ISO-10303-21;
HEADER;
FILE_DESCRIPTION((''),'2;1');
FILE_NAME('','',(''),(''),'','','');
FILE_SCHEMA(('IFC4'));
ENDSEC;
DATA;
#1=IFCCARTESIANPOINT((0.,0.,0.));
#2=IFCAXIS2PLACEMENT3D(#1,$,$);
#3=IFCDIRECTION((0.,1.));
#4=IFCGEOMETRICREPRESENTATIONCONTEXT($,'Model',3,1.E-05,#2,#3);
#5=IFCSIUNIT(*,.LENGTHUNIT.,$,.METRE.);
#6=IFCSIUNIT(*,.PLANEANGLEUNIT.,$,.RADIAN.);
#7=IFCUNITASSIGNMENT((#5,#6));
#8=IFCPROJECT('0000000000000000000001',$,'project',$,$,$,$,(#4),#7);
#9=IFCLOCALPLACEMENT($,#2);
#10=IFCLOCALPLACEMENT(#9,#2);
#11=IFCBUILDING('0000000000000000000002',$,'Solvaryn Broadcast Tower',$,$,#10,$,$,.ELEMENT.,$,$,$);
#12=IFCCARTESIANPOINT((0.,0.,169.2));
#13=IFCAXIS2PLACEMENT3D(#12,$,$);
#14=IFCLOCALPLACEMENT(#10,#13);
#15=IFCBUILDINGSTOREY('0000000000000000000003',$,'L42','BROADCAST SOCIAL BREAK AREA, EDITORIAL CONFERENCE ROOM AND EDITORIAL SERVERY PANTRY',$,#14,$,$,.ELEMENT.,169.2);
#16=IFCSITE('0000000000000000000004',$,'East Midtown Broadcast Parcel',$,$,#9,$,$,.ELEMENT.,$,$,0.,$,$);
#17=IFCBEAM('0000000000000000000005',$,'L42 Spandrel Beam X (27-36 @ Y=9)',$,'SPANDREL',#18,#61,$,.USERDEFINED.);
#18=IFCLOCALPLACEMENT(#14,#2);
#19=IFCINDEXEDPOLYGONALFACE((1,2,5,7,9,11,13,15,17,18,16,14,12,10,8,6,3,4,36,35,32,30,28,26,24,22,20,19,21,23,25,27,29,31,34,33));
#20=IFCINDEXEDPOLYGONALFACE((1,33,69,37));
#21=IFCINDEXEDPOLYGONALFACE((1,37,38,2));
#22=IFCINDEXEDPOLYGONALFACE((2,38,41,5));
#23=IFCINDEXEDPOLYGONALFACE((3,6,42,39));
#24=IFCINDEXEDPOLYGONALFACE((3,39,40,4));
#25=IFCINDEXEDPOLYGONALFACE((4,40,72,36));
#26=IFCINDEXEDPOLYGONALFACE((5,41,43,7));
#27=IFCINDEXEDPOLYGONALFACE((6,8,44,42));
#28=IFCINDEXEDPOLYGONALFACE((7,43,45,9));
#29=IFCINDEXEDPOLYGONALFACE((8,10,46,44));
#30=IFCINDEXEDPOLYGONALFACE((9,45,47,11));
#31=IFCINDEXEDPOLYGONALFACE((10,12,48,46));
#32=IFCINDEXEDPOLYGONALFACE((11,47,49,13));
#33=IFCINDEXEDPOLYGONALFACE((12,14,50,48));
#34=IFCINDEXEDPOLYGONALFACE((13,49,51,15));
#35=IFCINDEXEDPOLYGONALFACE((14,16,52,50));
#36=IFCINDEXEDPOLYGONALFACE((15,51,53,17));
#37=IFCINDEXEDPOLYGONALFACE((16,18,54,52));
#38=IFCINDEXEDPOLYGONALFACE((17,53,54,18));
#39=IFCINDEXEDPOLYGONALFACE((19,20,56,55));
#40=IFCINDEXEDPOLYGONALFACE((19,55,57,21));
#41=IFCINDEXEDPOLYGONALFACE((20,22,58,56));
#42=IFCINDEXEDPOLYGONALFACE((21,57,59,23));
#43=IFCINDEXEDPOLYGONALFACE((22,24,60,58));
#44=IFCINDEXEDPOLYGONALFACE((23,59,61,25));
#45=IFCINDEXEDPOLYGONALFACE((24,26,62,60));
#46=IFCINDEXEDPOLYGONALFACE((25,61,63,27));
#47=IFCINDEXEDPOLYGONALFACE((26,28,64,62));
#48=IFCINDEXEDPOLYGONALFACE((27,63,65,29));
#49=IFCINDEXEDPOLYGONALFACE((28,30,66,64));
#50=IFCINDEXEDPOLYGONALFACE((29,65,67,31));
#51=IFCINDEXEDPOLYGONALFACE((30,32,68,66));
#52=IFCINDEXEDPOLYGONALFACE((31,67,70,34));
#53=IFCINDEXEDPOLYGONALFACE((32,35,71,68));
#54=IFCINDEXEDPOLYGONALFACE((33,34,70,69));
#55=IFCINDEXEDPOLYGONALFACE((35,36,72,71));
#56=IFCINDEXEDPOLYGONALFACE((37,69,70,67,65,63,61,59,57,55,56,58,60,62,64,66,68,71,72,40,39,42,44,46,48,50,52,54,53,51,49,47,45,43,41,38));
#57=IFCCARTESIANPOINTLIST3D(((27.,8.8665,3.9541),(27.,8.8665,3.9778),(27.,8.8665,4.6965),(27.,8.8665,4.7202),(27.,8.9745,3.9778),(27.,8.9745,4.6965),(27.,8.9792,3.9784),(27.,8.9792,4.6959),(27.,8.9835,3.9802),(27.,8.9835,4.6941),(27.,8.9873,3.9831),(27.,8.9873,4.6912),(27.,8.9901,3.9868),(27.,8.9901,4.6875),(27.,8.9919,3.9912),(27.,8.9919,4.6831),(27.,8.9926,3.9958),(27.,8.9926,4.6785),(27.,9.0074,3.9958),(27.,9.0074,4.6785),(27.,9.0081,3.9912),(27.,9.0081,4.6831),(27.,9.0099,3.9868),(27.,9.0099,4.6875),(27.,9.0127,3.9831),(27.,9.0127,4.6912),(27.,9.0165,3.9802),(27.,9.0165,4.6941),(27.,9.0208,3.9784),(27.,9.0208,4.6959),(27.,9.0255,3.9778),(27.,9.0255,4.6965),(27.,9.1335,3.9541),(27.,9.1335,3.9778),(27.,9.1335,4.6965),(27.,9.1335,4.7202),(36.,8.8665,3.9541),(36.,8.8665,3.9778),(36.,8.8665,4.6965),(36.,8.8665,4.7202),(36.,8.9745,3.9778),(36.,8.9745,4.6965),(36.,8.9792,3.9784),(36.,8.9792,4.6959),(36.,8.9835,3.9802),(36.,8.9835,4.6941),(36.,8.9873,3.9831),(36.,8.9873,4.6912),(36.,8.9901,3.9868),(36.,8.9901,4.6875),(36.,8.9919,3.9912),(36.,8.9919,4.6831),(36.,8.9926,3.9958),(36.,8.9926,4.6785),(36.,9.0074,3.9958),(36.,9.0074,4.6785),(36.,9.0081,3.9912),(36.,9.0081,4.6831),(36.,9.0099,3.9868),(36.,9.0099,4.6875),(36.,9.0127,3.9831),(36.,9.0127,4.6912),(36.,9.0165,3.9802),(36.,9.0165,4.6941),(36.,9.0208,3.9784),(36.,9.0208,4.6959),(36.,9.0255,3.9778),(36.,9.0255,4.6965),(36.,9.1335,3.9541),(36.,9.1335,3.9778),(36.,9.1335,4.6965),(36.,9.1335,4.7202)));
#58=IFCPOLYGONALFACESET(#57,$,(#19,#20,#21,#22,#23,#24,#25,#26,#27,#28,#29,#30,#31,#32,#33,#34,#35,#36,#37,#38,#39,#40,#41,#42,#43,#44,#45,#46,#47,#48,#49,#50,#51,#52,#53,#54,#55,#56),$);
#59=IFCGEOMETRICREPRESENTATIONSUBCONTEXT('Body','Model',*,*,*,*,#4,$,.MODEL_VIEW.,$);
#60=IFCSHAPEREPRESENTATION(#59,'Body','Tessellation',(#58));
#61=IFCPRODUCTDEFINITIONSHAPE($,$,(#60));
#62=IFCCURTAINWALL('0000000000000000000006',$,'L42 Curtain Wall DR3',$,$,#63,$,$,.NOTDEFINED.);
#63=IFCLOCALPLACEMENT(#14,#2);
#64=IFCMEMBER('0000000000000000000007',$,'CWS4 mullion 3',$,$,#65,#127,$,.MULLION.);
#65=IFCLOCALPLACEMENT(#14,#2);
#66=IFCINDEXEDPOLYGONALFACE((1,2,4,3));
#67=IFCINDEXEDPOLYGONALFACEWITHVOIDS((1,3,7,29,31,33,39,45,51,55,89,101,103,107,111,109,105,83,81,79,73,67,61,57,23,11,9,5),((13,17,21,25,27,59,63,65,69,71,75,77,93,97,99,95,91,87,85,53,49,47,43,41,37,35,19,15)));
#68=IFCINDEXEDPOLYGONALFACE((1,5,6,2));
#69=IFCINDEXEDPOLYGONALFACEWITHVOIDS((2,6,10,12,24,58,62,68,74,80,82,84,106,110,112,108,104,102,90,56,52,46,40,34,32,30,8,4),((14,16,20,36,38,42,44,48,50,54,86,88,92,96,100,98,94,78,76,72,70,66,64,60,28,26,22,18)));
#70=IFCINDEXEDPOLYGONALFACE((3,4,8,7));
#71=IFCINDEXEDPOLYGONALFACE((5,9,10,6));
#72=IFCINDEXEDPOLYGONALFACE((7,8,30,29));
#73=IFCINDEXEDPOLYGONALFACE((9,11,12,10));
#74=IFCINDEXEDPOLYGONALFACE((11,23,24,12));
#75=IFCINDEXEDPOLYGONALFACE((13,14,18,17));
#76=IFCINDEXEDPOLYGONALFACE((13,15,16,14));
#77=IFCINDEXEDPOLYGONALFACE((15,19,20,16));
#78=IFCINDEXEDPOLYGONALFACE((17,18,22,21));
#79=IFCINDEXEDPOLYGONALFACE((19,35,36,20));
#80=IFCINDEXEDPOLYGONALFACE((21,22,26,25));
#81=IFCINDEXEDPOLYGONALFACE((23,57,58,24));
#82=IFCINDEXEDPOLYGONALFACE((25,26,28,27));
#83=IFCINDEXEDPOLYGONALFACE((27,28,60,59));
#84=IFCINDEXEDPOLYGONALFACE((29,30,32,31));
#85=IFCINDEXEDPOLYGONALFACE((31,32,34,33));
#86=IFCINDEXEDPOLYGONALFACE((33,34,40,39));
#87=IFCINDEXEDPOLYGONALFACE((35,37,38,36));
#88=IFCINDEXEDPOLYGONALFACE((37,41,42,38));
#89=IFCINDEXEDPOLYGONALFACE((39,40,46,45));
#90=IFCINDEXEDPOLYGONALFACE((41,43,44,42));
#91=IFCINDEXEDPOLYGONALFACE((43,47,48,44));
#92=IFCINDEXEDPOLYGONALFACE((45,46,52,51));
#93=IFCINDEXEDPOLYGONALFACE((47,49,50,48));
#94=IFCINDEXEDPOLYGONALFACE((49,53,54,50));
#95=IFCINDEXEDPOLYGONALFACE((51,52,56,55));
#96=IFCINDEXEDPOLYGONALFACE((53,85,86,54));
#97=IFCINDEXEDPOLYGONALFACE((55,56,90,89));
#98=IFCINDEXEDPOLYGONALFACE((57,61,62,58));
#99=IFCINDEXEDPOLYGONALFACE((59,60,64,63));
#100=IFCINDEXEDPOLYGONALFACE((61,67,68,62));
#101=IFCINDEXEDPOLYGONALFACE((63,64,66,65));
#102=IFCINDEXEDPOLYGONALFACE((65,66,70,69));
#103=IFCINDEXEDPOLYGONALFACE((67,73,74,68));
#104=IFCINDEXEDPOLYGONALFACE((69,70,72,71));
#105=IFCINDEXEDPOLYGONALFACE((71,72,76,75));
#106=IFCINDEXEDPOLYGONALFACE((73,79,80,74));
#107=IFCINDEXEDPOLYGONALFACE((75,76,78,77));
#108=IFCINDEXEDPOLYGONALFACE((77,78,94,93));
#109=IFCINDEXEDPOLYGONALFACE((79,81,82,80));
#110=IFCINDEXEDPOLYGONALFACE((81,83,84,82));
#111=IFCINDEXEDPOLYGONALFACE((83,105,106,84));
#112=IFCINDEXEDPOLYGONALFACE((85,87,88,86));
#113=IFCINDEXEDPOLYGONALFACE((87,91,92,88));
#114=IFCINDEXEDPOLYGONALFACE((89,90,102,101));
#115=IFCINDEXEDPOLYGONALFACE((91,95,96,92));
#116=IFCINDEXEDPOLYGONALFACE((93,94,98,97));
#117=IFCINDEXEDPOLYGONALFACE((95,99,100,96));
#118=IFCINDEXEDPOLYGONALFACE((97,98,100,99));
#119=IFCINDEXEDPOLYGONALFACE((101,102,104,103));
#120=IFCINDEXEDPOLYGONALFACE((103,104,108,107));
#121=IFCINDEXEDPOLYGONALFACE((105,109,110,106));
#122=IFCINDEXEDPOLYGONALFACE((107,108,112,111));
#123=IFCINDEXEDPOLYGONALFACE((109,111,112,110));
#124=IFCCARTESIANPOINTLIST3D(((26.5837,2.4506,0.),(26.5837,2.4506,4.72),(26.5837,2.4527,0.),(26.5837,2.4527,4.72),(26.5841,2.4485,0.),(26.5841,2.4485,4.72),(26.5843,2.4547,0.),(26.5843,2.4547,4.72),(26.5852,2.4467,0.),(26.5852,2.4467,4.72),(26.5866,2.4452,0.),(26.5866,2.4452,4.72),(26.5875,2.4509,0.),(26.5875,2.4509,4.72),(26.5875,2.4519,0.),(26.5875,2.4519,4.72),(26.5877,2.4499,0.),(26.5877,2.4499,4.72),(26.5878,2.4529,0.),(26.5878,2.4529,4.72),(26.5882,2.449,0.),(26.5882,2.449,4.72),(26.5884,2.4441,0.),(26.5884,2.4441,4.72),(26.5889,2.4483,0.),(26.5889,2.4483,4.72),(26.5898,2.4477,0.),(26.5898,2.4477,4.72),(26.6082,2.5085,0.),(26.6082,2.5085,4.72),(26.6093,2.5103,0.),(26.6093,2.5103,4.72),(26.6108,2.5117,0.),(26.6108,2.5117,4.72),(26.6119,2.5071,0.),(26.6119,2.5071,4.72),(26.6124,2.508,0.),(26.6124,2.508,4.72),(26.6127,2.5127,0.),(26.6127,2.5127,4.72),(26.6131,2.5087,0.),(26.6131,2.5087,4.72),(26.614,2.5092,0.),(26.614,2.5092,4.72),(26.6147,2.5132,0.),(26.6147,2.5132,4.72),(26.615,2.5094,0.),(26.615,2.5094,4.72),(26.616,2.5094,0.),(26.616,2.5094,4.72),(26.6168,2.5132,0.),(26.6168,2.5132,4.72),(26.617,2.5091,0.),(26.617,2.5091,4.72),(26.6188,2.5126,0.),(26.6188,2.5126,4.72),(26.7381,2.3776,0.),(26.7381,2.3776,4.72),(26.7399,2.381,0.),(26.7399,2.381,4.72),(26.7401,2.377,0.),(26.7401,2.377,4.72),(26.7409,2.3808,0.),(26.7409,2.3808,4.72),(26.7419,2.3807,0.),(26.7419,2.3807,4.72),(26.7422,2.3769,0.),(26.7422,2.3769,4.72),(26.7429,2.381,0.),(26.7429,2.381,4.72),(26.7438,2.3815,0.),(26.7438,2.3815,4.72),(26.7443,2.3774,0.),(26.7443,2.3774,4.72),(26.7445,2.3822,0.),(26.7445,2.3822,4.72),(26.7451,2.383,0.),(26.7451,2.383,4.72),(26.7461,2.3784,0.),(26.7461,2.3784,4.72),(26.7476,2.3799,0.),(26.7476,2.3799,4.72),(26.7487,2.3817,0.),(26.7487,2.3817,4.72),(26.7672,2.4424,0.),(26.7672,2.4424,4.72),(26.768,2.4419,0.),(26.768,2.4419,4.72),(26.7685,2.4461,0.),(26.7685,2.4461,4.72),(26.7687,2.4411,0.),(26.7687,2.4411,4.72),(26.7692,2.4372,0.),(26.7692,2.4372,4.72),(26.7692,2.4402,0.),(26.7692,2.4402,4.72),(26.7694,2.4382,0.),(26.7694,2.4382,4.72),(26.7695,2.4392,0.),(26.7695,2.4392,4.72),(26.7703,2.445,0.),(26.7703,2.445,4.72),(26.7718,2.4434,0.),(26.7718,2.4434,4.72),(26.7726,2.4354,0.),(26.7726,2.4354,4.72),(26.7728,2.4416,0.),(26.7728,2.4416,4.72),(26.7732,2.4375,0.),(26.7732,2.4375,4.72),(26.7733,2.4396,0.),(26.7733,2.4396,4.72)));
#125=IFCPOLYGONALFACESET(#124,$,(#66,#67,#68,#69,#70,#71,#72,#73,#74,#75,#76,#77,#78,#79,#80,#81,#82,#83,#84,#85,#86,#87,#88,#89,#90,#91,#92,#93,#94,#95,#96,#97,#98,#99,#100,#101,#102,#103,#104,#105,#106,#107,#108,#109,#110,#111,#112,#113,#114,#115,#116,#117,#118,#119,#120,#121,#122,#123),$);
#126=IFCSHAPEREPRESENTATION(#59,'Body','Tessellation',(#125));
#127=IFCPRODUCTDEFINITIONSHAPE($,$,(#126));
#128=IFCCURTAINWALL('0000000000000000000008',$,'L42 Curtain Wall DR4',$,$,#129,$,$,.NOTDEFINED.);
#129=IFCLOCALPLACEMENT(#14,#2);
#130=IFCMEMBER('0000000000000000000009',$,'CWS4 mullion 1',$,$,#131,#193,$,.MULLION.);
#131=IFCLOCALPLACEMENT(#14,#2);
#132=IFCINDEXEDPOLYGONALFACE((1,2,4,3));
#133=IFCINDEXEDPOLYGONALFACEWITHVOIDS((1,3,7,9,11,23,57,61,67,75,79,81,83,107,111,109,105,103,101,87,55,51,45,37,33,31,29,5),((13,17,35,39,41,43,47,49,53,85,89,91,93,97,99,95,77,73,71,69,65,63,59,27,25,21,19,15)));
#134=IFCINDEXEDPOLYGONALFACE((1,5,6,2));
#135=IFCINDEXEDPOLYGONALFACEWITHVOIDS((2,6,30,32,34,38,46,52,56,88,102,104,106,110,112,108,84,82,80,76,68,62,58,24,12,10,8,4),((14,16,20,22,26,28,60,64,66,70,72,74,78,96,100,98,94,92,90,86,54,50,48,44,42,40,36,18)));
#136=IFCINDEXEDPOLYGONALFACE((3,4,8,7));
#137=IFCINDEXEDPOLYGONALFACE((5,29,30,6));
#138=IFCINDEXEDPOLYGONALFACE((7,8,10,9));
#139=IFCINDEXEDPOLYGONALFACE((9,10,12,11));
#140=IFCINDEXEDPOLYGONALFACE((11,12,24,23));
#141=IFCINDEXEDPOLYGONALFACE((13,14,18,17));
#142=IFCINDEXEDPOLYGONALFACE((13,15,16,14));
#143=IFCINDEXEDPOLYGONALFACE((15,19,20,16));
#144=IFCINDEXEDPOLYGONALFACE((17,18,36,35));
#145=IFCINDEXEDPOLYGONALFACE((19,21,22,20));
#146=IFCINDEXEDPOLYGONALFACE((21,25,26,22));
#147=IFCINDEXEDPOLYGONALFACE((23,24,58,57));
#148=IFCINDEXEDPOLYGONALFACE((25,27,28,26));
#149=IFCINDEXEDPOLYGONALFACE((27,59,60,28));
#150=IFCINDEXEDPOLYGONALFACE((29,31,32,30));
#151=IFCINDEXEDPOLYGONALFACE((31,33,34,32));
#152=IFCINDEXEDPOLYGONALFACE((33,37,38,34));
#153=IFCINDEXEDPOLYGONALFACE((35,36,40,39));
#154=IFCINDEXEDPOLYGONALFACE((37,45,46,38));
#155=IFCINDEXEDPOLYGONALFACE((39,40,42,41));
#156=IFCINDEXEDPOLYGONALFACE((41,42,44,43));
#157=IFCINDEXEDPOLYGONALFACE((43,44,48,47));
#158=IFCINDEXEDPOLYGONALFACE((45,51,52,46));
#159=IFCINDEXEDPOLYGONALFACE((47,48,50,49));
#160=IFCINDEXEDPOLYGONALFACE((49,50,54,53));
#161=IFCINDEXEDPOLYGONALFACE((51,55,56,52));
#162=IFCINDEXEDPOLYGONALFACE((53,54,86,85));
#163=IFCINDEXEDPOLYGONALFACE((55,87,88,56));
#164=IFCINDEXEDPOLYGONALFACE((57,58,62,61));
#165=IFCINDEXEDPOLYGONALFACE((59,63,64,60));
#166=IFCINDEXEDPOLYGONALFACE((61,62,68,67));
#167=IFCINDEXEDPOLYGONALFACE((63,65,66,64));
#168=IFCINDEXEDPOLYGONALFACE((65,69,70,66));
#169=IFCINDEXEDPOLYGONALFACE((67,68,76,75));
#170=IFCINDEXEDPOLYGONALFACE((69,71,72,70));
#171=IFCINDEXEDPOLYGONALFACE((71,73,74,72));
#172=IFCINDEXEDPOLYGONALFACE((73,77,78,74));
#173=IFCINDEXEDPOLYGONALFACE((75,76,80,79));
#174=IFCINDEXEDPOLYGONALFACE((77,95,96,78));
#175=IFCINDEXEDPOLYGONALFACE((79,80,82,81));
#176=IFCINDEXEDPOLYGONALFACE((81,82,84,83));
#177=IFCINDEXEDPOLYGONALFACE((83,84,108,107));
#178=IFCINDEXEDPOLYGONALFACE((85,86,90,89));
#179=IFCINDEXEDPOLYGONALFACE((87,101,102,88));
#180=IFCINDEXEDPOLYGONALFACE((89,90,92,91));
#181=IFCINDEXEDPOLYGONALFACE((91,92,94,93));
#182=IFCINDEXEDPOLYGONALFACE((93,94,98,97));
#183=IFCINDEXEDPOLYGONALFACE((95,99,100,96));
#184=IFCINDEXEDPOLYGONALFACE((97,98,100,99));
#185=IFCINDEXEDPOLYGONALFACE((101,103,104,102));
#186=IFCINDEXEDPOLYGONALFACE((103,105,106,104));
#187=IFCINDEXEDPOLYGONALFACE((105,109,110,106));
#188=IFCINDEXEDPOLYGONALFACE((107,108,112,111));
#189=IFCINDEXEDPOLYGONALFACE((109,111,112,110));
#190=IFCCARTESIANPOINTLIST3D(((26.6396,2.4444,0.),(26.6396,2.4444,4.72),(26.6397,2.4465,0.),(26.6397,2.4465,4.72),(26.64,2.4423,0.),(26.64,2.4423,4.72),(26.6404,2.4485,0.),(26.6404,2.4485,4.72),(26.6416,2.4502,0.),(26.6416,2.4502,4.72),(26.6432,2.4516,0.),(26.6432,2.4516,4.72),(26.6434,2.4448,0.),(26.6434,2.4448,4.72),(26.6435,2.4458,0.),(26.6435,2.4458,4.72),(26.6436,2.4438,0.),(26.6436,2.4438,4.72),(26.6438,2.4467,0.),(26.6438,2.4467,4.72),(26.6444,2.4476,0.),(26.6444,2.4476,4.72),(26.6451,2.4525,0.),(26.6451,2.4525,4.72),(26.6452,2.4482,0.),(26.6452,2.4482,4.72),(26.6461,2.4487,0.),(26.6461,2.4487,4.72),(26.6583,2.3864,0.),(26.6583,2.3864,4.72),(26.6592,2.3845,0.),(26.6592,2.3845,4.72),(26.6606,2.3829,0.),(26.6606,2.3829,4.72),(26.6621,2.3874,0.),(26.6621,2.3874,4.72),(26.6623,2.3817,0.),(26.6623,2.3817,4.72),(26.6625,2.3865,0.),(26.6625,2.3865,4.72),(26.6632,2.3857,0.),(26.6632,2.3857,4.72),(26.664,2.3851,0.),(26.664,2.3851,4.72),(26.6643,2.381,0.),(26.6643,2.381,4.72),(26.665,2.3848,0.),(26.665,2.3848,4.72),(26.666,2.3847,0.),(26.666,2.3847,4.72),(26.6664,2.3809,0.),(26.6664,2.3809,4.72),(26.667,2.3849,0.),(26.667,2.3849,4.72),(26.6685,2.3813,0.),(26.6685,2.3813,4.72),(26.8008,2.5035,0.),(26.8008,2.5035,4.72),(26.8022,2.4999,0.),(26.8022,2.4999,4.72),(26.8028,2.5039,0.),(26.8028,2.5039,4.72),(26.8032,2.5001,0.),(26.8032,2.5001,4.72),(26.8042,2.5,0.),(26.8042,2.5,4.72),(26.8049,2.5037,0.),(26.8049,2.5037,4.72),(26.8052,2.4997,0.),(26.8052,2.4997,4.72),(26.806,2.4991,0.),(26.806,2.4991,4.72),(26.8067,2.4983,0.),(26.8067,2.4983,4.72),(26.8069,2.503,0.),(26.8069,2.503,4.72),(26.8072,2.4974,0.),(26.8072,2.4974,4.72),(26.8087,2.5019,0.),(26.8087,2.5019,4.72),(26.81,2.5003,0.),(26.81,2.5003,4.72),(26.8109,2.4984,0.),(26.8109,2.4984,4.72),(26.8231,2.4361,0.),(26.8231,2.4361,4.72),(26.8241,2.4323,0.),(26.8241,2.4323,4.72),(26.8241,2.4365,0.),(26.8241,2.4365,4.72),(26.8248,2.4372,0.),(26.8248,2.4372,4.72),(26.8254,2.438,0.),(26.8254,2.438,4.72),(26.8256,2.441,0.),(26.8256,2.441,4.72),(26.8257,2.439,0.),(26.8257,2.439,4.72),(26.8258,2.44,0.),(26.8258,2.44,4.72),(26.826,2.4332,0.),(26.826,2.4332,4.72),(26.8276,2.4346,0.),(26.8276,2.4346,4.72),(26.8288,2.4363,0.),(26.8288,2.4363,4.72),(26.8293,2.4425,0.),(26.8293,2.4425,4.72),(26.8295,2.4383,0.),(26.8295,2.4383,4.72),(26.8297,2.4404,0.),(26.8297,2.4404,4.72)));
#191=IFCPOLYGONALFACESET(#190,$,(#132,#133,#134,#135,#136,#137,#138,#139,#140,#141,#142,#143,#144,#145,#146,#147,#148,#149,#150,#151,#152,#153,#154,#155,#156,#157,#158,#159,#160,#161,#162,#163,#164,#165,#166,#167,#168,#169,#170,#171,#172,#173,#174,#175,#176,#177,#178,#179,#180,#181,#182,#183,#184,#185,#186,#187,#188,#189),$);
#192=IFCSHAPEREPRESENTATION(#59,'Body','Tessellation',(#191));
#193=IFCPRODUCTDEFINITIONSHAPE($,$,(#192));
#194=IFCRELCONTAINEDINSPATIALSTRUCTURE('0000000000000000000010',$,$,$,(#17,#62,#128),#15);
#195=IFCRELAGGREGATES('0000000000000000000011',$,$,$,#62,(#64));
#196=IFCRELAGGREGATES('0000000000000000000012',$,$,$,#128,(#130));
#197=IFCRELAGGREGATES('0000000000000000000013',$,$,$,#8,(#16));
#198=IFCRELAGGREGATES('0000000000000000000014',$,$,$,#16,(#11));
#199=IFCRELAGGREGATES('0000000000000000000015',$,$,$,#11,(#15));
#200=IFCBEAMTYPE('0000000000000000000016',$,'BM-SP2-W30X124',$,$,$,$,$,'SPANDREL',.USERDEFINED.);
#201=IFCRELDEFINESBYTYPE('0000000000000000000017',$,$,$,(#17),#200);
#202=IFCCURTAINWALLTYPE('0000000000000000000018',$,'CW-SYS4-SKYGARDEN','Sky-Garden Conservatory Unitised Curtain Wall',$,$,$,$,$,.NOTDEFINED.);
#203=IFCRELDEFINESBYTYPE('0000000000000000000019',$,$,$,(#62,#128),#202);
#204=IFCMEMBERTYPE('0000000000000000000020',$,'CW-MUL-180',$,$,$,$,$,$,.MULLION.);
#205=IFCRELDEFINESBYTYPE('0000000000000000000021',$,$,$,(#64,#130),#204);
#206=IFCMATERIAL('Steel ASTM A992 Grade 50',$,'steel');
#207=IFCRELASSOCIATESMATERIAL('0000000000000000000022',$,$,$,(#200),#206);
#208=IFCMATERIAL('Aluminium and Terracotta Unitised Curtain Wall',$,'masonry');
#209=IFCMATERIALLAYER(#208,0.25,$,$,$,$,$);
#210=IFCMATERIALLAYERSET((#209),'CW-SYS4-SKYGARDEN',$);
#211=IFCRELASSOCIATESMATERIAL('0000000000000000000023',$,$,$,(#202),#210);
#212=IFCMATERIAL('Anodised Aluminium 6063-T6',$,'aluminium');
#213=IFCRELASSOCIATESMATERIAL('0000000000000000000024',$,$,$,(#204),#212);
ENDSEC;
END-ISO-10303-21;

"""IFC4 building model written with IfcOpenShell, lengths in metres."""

from ifc_helpers import new_model, si_unit, direction, frame, origin, origin_2d, place, context, subcontext, project, spatial, hollow_rectangle, i_section, extrude, material, layer, layer_set, material_profile, profile_set, type_object, element, aggregate, save


model = new_model("IFC4")

# Units and contexts
model_context = context("Model", 3, precision=1e-05, world=origin(), true_north=direction((0.0, 1.0)))
body_context = subcontext(model_context, "Body", "Model", "MODEL_VIEW")
ifc_project = project(units=[si_unit("LENGTHUNIT", "METRE"), si_unit("PLANEANGLEUNIT", "RADIAN")], contexts=[model_context])

# Site, building, storey
site_placement = place(None, origin())
site = spatial("IfcSite", under=ifc_project, at=site_placement, Name="East Midtown Broadcast Parcel", CompositionType="ELEMENT", RefElevation=0.0)
building_placement = place(site_placement, origin())
building = spatial("IfcBuilding", under=site, at=building_placement, Name="Solvaryn Broadcast Tower", CompositionType="ELEMENT")
storey_placement = place(building_placement, frame((0.0, 0.0, 169.2)))
storey = spatial("IfcBuildingStorey", under=building, at=storey_placement, Name="L42", Description="BROADCAST SOCIAL BREAK AREA, EDITORIAL CONFERENCE ROOM AND EDITORIAL SERVERY PANTRY", CompositionType="ELEMENT", Elevation=169.2)

# Beam
ifc_material_1 = material(Name="Steel ASTM A992 Grade 50", Category="steel")
ifc_material_profile_1 = material_profile(ifc_material_1, i_section(OverallWidth=0.2671, OverallDepth=0.7661, WebThickness=0.0149, FlangeThickness=0.0237, FilletRadius=0.0181, at=origin_2d()))
ifc_profile_set_1 = profile_set([ifc_material_profile_1], Name="Steel ASTM A992 Grade 50")
beam_type_1 = type_object("IfcBeamType", Name="BM-SP2-W30X124", ElementType="SPANDREL", PredefinedType="USERDEFINED", material=ifc_profile_set_1)
beam_1_placement = place(storey_placement, frame((27.0, 9.0, 4.3372), z_axis=(1.0, 0.0, 0.0), x_axis=(0.0, 1.0, 0.0)))
element("IfcBeam", 1, at=beam_1_placement, inside=storey, type_object=beam_type_1, Name="L42 Spandrel Beam X (27-36 @ Y=9)", ObjectType="SPANDREL", PredefinedType="USERDEFINED", context=body_context, shape_type="SweptSolid", body=[
    extrude(i_section(OverallWidth=0.2671, OverallDepth=0.7661, WebThickness=0.0149, FlangeThickness=0.0237, FilletRadius=0.0181, at=origin_2d()), origin(), (0.0, 0.0, 1.0), 9.0),
])

# Curtain wall, member
ifc_material_2 = material(Name="Aluminium and Terracotta Unitised Curtain Wall", Category="masonry")
ifc_layer_1 = layer(ifc_material_2, 0.25)
ifc_layer_set_1 = layer_set([ifc_layer_1], Name="CW-SYS4-SKYGARDEN")
curtain_wall_type = type_object("IfcCurtainWallType", Name="CW-SYS4-SKYGARDEN", Description="Sky-Garden Conservatory Unitised Curtain Wall", PredefinedType="NOTDEFINED", material=ifc_layer_set_1)
curtain_wall_1_placement = place(storey_placement, origin())
curtain_wall_1 = element("IfcCurtainWall", 2, at=curtain_wall_1_placement, inside=storey, type_object=curtain_wall_type, Name="L42 Curtain Wall DR3", PredefinedType="NOTDEFINED")
ifc_material_3 = material(Name="Anodised Aluminium 6063-T6", Category="aluminium")
ifc_material_profile_2 = material_profile(ifc_material_3, hollow_rectangle(XDim=0.075, YDim=0.1799, WallThickness=0.0039, InnerFilletRadius=0.0039, OuterFilletRadius=0.0081, at=origin_2d()))
ifc_profile_set_2 = profile_set([ifc_material_profile_2], Name="Anodised Aluminium 6063-T6")
member_type_1 = type_object("IfcMemberType", Name="CW-MUL-180", PredefinedType="MULLION", material=ifc_profile_set_2)
member_1_placement = place(storey_placement, frame((26.6785, 2.4451, 0.0), z_axis=(0.0, 0.0, 1.0), x_axis=(0.405901, 0.913917, 0.0)))
member_1 = element("IfcMember", 3, at=member_1_placement, type_object=member_type_1, Name="CWS4 mullion 3", PredefinedType="MULLION", context=body_context, shape_type="SweptSolid", body=[
    extrude(hollow_rectangle(XDim=0.075, YDim=0.1799, WallThickness=0.0039, InnerFilletRadius=0.0039, OuterFilletRadius=0.0081, at=origin_2d()), origin(), (0.0, 0.0, 1.0), 4.72),
])

# Curtain wall, member
curtain_wall_2_placement = place(storey_placement, origin())
curtain_wall_2 = element("IfcCurtainWall", 4, at=curtain_wall_2_placement, inside=storey, type_object=curtain_wall_type, Name="L42 Curtain Wall DR4", PredefinedType="NOTDEFINED")
member_2_placement = place(storey_placement, frame((26.7346, 2.4424, 0.0), z_axis=(0.0, 0.0, 1.0), x_axis=(-0.311559, 0.950227, 0.0)))
member_2 = element("IfcMember", 5, at=member_2_placement, type_object=member_type_1, Name="CWS4 mullion 1", PredefinedType="MULLION", context=body_context, shape_type="SweptSolid", body=[
    extrude(hollow_rectangle(XDim=0.075, YDim=0.1799, WallThickness=0.0039, InnerFilletRadius=0.0039, OuterFilletRadius=0.0081, at=origin_2d()), origin(), (0.0, 0.0, 1.0), 4.72),
])

aggregate(curtain_wall_1, [member_1])
aggregate(curtain_wall_2, [member_2])

save(model, "model.ifc")
